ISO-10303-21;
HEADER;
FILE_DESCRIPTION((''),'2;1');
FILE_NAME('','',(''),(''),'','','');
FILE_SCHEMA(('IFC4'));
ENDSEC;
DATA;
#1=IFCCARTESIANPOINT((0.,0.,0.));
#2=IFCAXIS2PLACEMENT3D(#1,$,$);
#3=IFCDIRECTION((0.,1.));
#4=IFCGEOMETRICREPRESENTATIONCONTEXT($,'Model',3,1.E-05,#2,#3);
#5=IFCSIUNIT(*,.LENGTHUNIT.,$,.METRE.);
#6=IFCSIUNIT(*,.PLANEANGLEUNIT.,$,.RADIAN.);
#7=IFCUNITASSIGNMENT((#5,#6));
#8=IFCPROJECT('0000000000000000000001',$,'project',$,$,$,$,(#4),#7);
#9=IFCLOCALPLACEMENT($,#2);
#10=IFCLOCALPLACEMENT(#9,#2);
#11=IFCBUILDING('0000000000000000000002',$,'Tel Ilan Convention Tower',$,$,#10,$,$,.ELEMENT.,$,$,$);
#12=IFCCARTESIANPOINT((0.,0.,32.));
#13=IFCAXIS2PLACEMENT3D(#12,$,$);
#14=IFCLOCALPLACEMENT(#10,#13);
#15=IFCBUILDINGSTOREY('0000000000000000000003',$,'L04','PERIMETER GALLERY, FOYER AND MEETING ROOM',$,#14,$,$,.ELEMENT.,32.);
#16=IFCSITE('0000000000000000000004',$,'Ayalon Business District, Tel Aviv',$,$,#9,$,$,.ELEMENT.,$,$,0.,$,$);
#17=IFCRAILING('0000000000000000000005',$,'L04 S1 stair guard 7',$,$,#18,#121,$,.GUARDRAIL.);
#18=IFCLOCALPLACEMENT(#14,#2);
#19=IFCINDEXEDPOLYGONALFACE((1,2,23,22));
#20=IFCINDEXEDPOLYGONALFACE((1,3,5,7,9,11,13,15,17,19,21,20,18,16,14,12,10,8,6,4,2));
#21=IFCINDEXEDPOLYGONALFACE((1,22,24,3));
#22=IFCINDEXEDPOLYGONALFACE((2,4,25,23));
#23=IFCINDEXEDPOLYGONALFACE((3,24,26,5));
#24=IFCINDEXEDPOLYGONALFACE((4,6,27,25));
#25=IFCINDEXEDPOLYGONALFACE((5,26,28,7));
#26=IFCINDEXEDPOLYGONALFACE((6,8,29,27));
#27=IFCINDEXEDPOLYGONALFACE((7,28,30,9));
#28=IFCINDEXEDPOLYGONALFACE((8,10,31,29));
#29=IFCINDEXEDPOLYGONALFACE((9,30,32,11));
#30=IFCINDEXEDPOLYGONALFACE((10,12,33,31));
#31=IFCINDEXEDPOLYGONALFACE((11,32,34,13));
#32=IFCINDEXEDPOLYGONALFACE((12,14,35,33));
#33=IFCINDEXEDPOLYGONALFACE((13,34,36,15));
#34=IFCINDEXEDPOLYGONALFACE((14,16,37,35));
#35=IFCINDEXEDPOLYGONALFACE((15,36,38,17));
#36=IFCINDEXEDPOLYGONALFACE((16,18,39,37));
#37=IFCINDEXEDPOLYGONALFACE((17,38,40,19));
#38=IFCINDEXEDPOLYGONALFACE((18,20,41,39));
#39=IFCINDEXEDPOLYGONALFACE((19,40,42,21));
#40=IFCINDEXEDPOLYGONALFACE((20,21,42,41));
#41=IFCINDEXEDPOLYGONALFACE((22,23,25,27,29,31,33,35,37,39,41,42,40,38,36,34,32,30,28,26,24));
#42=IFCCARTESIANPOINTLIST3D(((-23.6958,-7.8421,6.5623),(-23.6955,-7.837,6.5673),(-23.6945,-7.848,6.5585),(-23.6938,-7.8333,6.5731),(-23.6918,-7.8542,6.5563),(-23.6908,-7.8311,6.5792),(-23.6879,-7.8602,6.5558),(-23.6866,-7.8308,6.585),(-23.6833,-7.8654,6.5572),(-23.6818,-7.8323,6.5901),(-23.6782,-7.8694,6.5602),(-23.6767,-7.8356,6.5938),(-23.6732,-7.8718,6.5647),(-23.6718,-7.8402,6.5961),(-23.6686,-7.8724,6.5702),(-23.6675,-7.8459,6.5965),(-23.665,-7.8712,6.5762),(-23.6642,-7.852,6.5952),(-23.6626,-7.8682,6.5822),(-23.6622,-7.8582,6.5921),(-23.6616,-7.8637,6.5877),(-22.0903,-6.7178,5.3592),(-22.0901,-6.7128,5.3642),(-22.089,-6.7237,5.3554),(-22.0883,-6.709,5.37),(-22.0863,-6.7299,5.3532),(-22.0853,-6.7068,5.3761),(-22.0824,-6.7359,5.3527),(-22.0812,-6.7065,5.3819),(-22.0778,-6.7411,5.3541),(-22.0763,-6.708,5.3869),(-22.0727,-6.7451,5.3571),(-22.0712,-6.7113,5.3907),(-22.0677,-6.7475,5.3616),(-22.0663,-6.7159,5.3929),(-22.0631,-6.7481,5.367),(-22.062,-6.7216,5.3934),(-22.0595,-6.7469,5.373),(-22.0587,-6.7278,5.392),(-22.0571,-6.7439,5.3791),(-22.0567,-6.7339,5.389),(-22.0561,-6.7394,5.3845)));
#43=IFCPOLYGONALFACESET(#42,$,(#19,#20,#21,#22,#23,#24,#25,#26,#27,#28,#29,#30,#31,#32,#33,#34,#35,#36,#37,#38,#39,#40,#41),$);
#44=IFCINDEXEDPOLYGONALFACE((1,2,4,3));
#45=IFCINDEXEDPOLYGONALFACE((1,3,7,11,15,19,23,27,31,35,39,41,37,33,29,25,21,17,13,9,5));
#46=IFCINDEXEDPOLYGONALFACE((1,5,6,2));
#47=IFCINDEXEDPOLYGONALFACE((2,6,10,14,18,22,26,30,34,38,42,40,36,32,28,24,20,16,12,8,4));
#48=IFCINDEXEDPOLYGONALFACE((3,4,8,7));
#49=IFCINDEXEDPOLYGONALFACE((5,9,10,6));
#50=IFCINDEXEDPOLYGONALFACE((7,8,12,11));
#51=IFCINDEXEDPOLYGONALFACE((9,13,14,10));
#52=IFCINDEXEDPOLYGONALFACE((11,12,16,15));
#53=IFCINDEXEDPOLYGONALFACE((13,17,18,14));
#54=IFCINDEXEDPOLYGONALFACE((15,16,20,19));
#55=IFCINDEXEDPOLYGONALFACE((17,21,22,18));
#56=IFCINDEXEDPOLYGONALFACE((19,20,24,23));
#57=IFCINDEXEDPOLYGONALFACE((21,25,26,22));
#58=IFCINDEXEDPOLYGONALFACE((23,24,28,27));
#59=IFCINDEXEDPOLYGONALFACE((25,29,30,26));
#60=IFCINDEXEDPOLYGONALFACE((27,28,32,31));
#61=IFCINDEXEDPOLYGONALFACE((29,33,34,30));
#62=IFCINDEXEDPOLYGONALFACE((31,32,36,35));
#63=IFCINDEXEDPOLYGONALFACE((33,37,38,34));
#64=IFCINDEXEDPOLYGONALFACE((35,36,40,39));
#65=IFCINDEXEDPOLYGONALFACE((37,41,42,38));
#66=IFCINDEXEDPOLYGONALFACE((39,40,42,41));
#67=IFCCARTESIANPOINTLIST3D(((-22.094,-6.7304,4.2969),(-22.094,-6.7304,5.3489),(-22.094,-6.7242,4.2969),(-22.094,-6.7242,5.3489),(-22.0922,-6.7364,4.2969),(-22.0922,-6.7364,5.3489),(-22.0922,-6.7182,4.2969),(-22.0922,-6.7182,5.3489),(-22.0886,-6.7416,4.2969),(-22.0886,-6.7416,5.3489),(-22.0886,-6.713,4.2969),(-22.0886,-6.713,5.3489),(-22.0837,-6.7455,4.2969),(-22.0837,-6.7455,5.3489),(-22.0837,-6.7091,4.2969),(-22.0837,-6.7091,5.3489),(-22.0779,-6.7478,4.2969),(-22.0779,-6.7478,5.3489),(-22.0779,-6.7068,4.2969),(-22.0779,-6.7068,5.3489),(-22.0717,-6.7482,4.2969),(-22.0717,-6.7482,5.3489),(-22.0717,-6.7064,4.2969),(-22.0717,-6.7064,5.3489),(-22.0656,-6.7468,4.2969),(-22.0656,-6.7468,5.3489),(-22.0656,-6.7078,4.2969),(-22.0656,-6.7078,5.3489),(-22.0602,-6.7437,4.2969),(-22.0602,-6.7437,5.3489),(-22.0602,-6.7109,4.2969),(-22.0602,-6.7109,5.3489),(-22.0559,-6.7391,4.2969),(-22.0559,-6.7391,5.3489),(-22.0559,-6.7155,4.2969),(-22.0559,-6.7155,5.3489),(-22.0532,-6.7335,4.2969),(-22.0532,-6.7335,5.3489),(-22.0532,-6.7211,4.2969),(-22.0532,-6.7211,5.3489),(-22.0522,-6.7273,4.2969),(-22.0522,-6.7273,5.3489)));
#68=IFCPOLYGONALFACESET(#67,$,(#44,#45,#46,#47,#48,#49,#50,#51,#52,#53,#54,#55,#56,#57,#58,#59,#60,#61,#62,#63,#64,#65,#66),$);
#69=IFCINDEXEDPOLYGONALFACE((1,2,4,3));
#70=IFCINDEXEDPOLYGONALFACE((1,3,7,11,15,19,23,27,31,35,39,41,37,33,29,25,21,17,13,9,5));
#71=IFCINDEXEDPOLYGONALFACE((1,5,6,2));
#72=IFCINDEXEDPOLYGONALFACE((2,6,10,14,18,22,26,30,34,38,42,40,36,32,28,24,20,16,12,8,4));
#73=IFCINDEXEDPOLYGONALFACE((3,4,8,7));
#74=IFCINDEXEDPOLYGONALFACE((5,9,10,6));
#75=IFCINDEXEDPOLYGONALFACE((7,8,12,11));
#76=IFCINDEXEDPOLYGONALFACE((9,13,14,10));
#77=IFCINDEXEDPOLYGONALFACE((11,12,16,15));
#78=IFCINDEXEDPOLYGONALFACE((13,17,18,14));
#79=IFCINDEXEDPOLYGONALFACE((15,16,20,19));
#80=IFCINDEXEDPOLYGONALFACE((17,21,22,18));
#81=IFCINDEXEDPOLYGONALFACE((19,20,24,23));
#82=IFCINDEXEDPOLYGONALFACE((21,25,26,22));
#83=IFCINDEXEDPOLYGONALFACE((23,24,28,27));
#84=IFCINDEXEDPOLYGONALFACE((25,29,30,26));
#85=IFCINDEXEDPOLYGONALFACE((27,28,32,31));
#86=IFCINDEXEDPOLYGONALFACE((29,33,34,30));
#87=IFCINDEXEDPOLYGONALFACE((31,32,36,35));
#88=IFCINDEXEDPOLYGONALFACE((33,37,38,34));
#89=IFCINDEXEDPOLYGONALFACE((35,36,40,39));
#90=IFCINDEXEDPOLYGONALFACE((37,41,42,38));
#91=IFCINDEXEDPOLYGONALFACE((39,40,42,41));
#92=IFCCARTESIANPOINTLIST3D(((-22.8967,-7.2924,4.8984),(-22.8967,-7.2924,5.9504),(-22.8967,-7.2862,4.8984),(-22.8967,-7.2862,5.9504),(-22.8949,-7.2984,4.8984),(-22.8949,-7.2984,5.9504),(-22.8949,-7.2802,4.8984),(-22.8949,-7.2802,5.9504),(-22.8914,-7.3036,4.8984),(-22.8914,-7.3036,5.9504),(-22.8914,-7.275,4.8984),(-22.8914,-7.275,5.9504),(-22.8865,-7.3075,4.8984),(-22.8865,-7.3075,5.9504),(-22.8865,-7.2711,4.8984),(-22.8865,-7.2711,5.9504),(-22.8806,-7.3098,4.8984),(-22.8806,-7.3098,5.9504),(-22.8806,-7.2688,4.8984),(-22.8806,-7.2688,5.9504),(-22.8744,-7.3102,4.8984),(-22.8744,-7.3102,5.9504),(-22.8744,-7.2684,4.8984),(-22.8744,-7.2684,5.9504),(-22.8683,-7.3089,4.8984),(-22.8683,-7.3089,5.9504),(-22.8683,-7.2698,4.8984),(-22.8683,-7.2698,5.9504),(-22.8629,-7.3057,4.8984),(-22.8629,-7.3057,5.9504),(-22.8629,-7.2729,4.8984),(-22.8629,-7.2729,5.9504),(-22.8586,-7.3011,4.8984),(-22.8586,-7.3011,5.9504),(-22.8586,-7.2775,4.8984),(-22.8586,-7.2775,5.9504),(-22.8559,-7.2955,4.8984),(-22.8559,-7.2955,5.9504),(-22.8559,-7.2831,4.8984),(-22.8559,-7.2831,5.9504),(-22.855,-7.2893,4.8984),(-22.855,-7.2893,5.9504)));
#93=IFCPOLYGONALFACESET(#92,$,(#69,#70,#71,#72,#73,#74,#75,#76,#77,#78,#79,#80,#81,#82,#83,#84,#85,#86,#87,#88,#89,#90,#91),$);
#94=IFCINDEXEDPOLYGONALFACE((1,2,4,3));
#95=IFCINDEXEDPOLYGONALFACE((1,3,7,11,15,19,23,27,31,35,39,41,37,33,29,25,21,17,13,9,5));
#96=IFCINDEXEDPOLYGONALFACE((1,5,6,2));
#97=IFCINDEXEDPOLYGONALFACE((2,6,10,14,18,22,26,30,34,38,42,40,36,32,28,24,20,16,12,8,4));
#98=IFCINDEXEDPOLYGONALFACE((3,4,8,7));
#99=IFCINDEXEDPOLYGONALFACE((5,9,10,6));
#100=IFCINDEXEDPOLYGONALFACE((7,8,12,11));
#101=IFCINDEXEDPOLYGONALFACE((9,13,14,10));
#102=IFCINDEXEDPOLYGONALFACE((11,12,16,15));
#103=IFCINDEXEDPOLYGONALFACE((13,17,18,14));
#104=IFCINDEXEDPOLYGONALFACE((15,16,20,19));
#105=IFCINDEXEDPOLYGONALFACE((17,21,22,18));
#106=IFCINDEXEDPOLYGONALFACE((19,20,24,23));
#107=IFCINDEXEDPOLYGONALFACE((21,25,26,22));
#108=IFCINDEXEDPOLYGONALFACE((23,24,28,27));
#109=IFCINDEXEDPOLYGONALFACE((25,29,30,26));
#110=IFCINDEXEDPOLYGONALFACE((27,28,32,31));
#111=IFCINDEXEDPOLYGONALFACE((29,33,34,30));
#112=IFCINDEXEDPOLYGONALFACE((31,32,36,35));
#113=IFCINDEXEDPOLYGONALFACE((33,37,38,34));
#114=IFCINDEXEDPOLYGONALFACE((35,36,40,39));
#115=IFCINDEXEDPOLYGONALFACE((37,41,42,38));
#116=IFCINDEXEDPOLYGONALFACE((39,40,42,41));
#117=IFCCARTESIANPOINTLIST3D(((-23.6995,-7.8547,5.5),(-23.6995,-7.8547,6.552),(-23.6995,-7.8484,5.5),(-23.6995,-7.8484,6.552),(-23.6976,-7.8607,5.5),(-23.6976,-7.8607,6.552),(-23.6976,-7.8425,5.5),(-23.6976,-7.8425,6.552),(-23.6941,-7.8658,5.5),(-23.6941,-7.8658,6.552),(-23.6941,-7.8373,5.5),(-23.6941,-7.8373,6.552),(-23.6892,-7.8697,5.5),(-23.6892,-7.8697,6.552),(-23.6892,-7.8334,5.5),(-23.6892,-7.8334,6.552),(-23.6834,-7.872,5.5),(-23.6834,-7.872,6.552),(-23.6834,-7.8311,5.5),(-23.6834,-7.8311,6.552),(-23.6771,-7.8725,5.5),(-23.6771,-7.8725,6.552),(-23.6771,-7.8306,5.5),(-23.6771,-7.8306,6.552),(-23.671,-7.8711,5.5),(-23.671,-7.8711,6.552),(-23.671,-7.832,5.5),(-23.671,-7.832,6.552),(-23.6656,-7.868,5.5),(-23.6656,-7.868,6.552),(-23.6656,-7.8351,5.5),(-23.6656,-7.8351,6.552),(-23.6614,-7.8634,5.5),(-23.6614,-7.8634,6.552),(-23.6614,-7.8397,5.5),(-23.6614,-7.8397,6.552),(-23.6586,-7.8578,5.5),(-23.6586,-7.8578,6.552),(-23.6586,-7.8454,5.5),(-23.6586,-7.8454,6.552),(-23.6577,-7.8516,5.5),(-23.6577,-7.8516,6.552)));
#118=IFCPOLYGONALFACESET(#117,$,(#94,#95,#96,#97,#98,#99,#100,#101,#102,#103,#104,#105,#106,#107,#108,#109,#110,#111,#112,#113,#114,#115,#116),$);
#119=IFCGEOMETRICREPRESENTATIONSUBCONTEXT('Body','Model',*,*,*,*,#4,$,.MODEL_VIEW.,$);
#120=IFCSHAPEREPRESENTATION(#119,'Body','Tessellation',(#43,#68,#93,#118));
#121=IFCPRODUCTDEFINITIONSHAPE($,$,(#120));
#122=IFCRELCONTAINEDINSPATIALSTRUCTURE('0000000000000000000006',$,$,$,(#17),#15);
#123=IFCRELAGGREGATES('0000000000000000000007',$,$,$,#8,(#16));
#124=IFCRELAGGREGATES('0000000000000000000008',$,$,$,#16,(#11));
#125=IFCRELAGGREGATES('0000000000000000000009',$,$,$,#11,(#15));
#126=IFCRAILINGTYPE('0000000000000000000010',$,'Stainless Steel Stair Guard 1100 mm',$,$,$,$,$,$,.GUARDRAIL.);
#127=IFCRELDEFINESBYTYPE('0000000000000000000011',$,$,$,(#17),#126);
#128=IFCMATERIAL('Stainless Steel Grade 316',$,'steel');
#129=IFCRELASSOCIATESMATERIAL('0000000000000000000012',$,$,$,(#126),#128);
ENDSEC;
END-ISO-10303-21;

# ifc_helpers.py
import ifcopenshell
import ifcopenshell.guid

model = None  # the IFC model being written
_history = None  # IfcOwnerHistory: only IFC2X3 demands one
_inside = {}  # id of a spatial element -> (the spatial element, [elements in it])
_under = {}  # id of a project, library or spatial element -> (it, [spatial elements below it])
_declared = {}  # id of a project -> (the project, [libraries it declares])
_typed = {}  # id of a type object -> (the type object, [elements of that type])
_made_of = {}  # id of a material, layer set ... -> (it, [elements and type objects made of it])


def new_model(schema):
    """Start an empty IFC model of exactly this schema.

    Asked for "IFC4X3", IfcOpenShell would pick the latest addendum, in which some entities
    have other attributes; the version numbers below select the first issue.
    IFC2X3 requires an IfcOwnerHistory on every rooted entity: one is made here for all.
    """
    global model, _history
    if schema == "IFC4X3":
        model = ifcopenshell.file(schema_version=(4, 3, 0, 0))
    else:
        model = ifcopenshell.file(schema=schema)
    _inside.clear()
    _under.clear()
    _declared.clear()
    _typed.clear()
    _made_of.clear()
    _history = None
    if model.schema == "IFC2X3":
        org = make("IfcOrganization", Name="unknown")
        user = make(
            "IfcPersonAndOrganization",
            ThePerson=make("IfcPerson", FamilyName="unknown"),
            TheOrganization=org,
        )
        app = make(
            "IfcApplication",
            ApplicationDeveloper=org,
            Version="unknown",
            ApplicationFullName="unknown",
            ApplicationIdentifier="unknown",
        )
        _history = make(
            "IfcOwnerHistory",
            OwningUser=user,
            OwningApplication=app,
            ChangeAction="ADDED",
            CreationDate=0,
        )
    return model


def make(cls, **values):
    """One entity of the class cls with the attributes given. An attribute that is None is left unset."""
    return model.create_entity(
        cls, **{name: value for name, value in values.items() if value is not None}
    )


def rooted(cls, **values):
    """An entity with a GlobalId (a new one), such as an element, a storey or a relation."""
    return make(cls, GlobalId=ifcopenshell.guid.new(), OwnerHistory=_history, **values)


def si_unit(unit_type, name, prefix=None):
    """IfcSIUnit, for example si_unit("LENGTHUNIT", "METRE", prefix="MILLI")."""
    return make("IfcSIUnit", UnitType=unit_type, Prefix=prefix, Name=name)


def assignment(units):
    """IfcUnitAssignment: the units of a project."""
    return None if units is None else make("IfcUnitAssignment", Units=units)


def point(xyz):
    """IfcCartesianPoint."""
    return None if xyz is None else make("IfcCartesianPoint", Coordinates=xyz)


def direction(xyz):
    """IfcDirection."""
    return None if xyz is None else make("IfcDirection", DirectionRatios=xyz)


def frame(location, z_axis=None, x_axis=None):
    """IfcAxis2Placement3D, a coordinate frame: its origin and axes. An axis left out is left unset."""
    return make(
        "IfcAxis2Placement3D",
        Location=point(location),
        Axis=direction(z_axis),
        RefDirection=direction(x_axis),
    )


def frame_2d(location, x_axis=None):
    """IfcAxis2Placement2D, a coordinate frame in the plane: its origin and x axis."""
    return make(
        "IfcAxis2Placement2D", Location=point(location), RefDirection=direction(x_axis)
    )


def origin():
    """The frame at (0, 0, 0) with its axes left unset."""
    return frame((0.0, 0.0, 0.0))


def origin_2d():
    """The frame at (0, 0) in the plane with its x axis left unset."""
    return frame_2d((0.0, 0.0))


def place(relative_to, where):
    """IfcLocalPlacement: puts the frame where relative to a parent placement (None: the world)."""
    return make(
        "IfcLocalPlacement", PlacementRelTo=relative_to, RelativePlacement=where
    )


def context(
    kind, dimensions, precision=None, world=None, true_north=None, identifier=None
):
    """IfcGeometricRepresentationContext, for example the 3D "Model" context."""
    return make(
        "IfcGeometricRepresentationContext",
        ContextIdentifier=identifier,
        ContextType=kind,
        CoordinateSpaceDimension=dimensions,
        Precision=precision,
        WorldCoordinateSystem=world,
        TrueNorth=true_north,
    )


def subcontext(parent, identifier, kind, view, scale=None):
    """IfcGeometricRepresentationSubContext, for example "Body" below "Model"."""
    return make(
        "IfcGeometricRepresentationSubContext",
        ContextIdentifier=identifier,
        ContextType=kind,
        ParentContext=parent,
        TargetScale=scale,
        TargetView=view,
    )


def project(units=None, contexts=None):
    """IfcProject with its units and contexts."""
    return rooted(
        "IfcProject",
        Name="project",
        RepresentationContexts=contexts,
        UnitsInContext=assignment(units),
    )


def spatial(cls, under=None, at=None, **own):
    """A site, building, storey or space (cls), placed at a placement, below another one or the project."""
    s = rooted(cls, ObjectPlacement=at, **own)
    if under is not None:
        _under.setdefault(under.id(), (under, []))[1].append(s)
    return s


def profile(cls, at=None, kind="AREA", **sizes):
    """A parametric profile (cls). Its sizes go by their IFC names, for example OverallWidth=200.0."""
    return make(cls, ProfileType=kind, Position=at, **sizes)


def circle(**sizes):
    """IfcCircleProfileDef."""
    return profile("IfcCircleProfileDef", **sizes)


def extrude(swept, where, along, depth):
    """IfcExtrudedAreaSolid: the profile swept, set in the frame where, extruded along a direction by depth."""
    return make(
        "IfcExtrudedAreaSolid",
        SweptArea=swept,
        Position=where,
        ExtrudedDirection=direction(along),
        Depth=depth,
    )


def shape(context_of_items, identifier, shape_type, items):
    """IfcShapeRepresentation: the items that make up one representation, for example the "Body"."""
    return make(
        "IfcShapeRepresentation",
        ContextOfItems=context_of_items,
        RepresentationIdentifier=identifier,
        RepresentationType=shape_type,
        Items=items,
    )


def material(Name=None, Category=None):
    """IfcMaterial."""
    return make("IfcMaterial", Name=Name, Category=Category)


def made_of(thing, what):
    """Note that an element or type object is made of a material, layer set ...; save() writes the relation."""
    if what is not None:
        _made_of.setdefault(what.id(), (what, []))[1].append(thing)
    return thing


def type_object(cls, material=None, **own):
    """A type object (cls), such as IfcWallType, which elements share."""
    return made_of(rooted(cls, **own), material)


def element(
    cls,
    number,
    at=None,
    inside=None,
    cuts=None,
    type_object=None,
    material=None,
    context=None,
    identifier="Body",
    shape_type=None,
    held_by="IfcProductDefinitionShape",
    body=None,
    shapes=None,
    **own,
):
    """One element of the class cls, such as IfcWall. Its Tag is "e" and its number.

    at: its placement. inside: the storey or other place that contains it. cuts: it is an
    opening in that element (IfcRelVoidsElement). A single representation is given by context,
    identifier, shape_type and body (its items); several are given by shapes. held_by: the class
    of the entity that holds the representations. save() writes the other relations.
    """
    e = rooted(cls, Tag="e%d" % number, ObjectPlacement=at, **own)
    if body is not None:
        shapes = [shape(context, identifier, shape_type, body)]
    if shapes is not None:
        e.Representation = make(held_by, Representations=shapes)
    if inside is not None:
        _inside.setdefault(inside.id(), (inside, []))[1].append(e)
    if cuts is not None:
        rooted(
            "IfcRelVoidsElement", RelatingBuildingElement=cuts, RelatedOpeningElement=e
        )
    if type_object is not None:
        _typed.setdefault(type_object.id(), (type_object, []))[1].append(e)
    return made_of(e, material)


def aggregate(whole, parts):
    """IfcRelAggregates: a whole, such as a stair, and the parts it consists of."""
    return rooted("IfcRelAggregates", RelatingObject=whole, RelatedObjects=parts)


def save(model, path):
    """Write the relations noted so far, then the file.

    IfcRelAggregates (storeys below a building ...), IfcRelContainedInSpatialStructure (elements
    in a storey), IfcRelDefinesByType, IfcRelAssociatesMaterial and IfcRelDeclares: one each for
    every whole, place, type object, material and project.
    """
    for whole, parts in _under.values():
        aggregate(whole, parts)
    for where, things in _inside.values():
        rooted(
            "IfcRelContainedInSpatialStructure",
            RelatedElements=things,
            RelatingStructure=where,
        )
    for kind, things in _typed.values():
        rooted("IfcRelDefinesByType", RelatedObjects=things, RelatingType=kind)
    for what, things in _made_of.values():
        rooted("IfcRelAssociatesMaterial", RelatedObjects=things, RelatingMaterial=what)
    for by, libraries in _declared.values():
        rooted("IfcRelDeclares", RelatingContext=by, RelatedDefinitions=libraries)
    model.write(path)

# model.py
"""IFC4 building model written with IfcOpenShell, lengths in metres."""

from ifc_helpers import new_model, si_unit, direction, frame, origin, origin_2d, place, context, subcontext, project, spatial, circle, extrude, material, type_object, element, save


model = new_model("IFC4")

# Units and contexts
model_context = context("Model", 3, precision=1e-05, world=origin(), true_north=direction((0.0, 1.0)))
body_context = subcontext(model_context, "Body", "Model", "MODEL_VIEW")
ifc_project = project(units=[si_unit("LENGTHUNIT", "METRE"), si_unit("PLANEANGLEUNIT", "RADIAN")], contexts=[model_context])

# Site, building, storey
site_placement = place(None, origin())
site = spatial("IfcSite", under=ifc_project, at=site_placement, Name="Ayalon Business District, Tel Aviv", CompositionType="ELEMENT", RefElevation=0.0)
building_placement = place(site_placement, origin())
building = spatial("IfcBuilding", under=site, at=building_placement, Name="Tel Ilan Convention Tower", CompositionType="ELEMENT")
storey_placement = place(building_placement, frame((0.0, 0.0, 32.0)))
storey = spatial("IfcBuildingStorey", under=building, at=storey_placement, Name="L04", Description="PERIMETER GALLERY, FOYER AND MEETING ROOM", CompositionType="ELEMENT", Elevation=32.0)

# Railing
ifc_material_1 = material(Name="Stainless Steel Grade 316", Category="steel")
railing_type_1 = type_object("IfcRailingType", Name="Stainless Steel Stair Guard 1100 mm", PredefinedType="GUARDRAIL", material=ifc_material_1)
railing_1_placement = place(storey_placement, frame((-22.0732, -6.7273, 4.2969)))
element("IfcRailing", 1, at=railing_1_placement, inside=storey, type_object=railing_type_1, Name="L04 S1 stair guard 7", PredefinedType="GUARDRAIL", context=body_context, shape_type="SweptSolid", body=[
    extrude(circle(Radius=0.0239, at=origin_2d()), frame((0.0, 0.0, 1.0762), z_axis=(-0.698095, -0.488857, 0.523146), x_axis=(0.573613, -0.819127, 0.0)), (0.0, 0.0, 1.0), 2.2998),
    extrude(circle(Radius=0.021, at=origin_2d()), origin(), (0.0, 0.0, 1.0), 1.052),
    extrude(circle(Radius=0.021, at=origin_2d()), frame((-0.8027, -0.562, 0.6016)), (0.0, 0.0, 1.0), 1.052),
    extrude(circle(Radius=0.021, at=origin_2d()), frame((-1.6055, -1.1243, 1.2031)), (0.0, 0.0, 1.0), 1.052),
])

save(model, "model.ifc")
